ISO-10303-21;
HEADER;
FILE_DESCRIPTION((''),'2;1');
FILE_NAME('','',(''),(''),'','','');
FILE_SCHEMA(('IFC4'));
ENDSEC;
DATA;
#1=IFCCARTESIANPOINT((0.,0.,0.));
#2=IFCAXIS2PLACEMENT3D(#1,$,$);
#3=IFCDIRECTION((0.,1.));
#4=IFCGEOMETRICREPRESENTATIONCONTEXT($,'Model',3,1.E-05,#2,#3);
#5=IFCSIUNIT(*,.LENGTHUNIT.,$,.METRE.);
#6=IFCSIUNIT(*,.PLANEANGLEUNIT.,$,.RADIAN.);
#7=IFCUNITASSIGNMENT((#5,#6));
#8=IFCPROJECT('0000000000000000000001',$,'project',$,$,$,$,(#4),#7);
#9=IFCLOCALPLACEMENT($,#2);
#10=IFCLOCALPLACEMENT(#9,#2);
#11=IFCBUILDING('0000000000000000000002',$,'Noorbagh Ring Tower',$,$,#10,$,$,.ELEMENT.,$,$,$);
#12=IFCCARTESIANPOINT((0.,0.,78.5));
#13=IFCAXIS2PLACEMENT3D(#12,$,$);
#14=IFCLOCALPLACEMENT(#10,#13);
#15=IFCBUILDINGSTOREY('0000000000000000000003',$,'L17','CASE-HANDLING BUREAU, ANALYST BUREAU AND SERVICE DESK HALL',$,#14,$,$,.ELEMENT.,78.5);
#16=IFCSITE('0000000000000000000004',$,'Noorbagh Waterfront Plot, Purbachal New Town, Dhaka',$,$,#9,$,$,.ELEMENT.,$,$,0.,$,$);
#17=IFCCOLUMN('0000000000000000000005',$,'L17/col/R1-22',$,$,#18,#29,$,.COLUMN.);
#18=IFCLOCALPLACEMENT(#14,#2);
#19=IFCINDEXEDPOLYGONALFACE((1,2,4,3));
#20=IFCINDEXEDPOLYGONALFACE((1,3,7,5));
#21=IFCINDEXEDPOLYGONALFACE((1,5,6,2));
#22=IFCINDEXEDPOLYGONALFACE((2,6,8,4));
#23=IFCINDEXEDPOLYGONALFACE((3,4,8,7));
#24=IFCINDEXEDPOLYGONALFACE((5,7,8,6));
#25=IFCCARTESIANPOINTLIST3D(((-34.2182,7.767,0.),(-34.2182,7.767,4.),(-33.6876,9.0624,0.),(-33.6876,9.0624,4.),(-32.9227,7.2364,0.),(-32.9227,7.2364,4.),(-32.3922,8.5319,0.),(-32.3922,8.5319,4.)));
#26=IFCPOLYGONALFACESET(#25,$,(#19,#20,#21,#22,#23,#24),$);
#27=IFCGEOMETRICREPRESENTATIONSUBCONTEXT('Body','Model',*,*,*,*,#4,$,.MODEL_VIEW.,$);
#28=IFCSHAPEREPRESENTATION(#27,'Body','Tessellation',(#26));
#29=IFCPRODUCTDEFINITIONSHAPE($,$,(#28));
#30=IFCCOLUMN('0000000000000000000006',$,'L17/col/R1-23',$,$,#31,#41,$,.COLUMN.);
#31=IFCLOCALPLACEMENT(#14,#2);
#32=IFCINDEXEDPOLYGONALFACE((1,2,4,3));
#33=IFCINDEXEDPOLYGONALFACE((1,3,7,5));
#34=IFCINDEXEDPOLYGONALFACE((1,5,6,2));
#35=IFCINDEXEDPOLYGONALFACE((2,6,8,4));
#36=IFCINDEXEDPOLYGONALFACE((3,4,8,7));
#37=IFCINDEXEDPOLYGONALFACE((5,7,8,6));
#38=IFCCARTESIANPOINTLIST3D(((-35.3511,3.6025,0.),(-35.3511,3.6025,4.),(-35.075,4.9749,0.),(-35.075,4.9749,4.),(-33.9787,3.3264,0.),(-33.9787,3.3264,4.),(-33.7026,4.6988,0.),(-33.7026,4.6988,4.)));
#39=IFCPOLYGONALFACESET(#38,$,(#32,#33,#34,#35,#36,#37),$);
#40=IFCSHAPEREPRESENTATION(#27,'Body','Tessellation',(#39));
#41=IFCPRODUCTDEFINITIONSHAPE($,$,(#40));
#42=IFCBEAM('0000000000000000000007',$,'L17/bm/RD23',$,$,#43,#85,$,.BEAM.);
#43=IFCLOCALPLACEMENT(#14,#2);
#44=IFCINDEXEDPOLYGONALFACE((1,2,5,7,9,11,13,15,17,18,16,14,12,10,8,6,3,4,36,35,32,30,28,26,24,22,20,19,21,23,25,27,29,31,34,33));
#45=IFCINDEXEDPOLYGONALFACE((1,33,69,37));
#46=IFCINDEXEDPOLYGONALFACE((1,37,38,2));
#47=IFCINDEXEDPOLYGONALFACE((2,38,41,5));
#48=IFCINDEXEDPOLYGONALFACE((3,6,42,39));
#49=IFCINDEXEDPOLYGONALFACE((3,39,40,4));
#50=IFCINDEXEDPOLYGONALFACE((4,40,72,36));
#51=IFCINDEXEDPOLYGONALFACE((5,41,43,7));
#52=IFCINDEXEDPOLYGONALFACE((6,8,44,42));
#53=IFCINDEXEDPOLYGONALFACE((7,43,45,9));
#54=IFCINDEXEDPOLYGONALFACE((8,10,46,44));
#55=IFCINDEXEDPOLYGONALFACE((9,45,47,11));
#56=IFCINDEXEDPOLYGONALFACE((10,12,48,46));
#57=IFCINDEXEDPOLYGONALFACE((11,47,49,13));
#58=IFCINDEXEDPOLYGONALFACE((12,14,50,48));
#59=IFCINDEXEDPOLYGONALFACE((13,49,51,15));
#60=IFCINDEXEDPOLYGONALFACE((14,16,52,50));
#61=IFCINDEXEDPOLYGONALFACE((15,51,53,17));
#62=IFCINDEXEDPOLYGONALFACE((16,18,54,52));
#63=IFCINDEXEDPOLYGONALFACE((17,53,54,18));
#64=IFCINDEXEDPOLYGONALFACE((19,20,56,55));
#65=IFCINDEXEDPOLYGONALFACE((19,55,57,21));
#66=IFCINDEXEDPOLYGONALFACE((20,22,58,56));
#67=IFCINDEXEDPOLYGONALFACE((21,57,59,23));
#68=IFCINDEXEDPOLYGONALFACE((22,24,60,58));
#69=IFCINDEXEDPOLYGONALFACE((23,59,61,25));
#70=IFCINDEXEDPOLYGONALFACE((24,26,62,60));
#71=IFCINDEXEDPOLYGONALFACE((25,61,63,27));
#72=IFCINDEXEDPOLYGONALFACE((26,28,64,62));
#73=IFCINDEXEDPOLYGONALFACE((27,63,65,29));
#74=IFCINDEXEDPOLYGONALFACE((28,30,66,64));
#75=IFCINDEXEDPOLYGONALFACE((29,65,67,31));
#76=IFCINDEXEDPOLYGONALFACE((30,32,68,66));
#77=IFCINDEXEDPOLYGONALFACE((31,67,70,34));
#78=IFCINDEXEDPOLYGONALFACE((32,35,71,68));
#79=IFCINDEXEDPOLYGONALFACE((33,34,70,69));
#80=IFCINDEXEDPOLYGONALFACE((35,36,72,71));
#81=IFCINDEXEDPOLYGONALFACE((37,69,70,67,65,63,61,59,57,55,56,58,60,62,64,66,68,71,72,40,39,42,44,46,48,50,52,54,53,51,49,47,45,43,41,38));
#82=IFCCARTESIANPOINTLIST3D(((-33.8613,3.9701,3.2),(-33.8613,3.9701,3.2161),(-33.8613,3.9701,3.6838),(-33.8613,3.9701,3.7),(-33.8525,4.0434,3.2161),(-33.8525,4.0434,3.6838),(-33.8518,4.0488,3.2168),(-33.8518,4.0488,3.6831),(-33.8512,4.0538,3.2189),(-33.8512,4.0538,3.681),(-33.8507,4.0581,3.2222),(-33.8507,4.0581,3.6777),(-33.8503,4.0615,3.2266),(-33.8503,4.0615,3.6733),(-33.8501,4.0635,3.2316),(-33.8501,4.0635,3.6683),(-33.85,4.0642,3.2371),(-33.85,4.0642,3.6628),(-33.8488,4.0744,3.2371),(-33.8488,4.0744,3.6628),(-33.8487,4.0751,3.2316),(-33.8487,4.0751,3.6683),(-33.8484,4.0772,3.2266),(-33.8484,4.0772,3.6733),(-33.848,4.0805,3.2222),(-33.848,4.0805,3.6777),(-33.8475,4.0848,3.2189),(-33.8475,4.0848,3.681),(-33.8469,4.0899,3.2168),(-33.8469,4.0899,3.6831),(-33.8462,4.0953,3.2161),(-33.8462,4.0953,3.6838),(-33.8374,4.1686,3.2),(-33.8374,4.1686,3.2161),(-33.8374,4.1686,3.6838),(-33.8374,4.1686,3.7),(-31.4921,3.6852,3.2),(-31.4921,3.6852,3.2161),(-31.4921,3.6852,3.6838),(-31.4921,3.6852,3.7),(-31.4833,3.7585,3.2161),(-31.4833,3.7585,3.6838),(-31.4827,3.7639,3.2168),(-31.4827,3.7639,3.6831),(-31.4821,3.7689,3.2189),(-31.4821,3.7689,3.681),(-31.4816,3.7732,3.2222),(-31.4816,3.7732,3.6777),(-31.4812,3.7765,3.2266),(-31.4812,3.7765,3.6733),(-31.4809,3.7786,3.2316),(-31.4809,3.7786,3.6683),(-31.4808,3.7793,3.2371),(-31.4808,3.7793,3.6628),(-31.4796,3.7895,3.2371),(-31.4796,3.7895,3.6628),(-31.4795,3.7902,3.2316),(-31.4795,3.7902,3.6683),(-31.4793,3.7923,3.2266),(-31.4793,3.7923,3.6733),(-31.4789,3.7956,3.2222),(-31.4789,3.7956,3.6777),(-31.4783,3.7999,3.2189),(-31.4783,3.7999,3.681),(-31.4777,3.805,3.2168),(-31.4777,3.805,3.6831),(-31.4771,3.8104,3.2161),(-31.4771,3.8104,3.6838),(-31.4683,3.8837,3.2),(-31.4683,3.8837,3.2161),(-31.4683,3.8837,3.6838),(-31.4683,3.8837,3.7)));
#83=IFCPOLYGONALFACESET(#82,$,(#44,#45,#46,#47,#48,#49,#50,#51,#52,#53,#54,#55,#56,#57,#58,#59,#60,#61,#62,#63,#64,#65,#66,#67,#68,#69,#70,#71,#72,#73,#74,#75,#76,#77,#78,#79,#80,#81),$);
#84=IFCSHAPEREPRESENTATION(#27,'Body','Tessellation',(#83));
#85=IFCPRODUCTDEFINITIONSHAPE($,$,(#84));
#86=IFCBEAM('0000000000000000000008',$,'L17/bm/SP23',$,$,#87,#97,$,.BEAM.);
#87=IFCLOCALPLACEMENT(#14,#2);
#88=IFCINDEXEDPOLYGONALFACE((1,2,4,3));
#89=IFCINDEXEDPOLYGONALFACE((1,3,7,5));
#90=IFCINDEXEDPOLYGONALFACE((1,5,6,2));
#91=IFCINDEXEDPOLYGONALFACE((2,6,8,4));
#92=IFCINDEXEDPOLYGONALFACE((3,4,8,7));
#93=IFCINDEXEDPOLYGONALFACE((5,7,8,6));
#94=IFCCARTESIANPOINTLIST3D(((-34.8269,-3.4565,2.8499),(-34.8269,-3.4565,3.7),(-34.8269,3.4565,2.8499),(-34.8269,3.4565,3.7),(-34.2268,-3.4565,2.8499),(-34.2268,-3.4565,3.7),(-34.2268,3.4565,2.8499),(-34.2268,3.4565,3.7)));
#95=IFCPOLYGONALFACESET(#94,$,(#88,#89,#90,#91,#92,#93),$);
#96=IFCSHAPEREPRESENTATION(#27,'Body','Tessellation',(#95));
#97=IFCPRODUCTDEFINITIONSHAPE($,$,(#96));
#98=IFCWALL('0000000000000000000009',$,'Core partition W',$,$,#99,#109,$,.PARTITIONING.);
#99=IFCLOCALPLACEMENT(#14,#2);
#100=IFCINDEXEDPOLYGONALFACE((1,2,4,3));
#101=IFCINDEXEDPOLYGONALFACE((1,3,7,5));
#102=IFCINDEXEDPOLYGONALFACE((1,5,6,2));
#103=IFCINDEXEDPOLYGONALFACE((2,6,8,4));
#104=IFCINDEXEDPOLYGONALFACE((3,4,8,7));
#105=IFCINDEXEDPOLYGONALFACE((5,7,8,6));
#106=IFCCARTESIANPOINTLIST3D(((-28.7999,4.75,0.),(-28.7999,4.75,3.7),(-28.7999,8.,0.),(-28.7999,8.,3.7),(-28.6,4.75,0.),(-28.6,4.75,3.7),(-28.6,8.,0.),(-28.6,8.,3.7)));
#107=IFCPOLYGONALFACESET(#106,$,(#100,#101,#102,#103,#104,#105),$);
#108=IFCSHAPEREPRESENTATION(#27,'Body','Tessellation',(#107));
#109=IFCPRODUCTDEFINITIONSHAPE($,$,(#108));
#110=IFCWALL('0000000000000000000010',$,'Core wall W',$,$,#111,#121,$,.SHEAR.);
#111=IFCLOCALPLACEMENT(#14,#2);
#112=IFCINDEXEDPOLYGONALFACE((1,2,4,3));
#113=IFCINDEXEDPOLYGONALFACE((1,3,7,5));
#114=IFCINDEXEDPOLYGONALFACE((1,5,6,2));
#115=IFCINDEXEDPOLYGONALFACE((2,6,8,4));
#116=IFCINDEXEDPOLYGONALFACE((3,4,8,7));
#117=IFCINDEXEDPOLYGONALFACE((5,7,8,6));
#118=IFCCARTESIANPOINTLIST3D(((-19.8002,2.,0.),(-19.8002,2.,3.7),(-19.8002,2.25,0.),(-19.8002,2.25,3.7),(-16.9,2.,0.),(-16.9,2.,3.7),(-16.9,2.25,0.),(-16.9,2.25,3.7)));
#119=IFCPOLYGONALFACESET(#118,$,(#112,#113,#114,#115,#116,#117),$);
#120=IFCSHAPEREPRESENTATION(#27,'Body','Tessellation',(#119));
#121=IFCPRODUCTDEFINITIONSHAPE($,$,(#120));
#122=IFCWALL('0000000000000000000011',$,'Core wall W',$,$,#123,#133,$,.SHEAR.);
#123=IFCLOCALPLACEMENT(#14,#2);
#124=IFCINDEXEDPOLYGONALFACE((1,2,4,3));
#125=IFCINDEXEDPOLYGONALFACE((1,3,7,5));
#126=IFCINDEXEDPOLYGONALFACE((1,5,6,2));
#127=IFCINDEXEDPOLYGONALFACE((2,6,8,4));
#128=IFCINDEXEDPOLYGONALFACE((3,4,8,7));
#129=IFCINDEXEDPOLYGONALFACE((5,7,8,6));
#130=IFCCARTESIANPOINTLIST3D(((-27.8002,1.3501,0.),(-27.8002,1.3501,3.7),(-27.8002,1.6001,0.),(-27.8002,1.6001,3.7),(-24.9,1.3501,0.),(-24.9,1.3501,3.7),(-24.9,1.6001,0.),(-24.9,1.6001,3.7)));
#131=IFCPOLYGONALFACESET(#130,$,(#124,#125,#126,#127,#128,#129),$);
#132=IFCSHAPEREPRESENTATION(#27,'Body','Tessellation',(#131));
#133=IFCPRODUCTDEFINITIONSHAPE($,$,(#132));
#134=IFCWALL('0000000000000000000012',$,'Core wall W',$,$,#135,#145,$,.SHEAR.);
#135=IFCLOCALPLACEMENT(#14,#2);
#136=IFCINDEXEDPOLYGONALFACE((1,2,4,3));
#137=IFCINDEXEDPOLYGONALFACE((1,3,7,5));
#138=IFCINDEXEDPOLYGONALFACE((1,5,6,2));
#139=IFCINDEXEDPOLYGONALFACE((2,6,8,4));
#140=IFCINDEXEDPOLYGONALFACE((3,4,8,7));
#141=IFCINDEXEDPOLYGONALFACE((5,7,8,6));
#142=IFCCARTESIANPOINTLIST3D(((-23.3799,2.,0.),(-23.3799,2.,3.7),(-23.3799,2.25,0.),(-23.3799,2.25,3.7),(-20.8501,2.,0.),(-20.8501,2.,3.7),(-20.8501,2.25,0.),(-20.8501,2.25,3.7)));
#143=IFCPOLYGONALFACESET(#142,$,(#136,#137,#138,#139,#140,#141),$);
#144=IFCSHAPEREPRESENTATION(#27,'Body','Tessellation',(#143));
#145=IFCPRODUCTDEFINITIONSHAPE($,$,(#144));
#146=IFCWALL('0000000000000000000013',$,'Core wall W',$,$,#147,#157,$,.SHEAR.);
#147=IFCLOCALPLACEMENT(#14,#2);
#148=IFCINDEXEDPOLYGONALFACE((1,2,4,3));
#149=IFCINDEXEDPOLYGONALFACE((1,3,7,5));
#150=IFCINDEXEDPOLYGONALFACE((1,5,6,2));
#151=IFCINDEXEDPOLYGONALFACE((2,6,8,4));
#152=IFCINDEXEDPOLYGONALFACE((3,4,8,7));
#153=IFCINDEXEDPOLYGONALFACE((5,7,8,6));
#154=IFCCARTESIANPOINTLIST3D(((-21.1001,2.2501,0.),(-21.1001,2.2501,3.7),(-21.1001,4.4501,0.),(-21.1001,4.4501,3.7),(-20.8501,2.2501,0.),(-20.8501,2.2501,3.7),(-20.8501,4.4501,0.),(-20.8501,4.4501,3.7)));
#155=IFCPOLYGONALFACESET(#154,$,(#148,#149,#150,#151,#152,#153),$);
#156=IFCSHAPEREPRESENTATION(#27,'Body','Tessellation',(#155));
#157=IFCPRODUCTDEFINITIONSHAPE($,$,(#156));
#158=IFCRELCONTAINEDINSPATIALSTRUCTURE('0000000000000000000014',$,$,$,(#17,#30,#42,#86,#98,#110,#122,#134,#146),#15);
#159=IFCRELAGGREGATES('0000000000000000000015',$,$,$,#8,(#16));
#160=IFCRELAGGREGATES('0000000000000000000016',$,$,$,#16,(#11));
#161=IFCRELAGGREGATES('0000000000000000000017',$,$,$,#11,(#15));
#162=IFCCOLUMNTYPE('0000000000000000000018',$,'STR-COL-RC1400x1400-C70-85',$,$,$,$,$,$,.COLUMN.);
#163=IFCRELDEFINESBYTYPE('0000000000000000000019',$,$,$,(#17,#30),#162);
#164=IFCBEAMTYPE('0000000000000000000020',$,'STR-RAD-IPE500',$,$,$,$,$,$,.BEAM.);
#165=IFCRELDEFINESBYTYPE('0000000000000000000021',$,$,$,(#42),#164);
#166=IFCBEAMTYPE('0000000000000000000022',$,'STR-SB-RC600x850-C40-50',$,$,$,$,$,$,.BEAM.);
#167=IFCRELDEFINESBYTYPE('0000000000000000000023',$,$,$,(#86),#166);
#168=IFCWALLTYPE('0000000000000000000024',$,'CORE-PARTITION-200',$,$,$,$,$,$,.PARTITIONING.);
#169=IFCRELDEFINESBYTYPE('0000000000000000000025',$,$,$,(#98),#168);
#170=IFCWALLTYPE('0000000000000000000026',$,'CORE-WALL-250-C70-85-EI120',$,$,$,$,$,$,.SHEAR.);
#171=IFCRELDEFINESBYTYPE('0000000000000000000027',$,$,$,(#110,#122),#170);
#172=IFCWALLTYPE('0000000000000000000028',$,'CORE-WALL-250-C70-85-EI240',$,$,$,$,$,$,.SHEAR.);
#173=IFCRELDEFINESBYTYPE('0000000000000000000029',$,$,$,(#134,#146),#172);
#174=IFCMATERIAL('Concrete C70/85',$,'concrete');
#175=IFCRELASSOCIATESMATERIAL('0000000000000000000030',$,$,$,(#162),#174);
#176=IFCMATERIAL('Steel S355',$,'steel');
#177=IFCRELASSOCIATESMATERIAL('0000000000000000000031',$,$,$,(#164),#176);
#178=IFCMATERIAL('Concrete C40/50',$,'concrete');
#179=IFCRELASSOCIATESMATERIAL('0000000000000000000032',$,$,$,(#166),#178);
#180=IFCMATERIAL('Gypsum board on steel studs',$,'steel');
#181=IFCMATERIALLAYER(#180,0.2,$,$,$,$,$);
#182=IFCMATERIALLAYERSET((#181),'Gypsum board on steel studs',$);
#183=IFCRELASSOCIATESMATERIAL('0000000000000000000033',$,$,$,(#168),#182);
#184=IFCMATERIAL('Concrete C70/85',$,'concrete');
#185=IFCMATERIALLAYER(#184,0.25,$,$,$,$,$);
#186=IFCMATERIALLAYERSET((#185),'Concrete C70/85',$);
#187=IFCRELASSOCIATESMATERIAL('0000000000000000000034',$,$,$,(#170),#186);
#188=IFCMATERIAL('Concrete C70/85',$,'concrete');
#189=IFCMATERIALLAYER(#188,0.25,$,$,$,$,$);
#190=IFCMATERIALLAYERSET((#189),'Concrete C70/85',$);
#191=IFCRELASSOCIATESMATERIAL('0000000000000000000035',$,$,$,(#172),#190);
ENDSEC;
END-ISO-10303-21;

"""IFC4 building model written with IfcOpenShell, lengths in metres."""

from ifc_helpers import new_model, si_unit, direction, frame, frame_2d, origin, origin_2d, place, context, subcontext, project, spatial, rectangle, i_section, extrude, material, layer, layer_set, material_profile, profile_set, type_object, element, save


model = new_model("IFC4")

# Units and contexts
model_context = context("Model", 3, precision=1e-05, world=origin(), true_north=direction((0.0, 1.0)))
body_context = subcontext(model_context, "Body", "Model", "MODEL_VIEW")
ifc_project = project(units=[si_unit("LENGTHUNIT", "METRE"), si_unit("PLANEANGLEUNIT", "RADIAN")], contexts=[model_context])

# Site, building, storey
site_placement = place(None, origin())
site = spatial("IfcSite", under=ifc_project, at=site_placement, Name="Noorbagh Waterfront Plot, Purbachal New Town, Dhaka", CompositionType="ELEMENT", RefElevation=0.0)
building_placement = place(site_placement, origin())
building = spatial("IfcBuilding", under=site, at=building_placement, Name="Noorbagh Ring Tower", CompositionType="ELEMENT")
storey_placement = place(building_placement, frame((0.0, 0.0, 78.5)))
storey = spatial("IfcBuildingStorey", under=building, at=storey_placement, Name="L17", Description="CASE-HANDLING BUREAU, ANALYST BUREAU AND SERVICE DESK HALL", CompositionType="ELEMENT", Elevation=78.5)

# Columns
ifc_material_1 = material(Name="Concrete C70/85", Category="concrete")
ifc_material_profile_1 = material_profile(ifc_material_1, rectangle(XDim=1.3999, YDim=1.3999, at=origin_2d()), Name="RC1400x1400")
ifc_profile_set_1 = profile_set([ifc_material_profile_1], Name="Concrete C70/85")
column_type = type_object("IfcColumnType", Name="STR-COL-RC1400x1400-C70-85", PredefinedType="COLUMN", material=ifc_profile_set_1)
for number, where, z_axis, x_axis, name in (
    (1, (-33.3052, 8.1494, 0.0), (0.0, 0.0, 1.0), (-0.378989, -0.925401, 0.0), "L17/col/R1-22"),
    (2, (-34.5269, 4.1506, 0.0), (0.0, 0.0, 1.0), (-0.19723, -0.980357, 0.0), "L17/col/R1-23"),
):
    element("IfcColumn", number, at=place(storey_placement, frame(where, z_axis=z_axis, x_axis=x_axis)), inside=storey, type_object=column_type, Name=name, PredefinedType="COLUMN", context=body_context, shape_type="SweptSolid", body=[
        extrude(rectangle(XDim=1.3999, YDim=1.3999, at=origin_2d()), origin(), (0.0, 0.0, 1.0), 4.0),
    ])

# Beams
ifc_material_2 = material(Name="Steel S355", Category="steel")
ifc_material_profile_2 = material_profile(ifc_material_2, i_section(OverallWidth=0.2, OverallDepth=0.5, WebThickness=0.0103, FlangeThickness=0.0161, FilletRadius=0.021, at=origin_2d()), Name="IPE500")
ifc_profile_set_2 = profile_set([ifc_material_profile_2], Name="Steel S355")
beam_type_1 = type_object("IfcBeamType", Name="STR-RAD-IPE500", PredefinedType="BEAM", material=ifc_profile_set_2)
beam_1_placement = place(storey_placement, frame((-33.8494, 4.0693, 3.45), z_axis=(0.992846, -0.119399, 0.0), x_axis=(0.119399, 0.992846, 0.0)))
element("IfcBeam", 3, at=beam_1_placement, inside=storey, type_object=beam_type_1, Name="L17/bm/RD23", PredefinedType="BEAM", context=body_context, shape_type="SweptSolid", body=[
    extrude(i_section(OverallWidth=0.2, OverallDepth=0.5, WebThickness=0.0103, FlangeThickness=0.0161, FilletRadius=0.021, at=origin_2d()), origin(), (0.0, 0.0, 1.0), 2.3862),
])
ifc_material_3 = material(Name="Concrete C40/50", Category="concrete")
ifc_material_profile_3 = material_profile(ifc_material_3, rectangle(XDim=0.6001, YDim=0.8501, at=origin_2d()), Name="RC600x850")
ifc_profile_set_3 = profile_set([ifc_material_profile_3], Name="Concrete C40/50")
beam_type_2 = type_object("IfcBeamType", Name="STR-SB-RC600x850-C40-50", PredefinedType="BEAM", material=ifc_profile_set_3)
beam_2_placement = place(storey_placement, frame((-34.5269, 3.4565, 3.2749), z_axis=(0.0, -1.0, 0.0), x_axis=(1.0, 0.0, 0.0)))
element("IfcBeam", 4, at=beam_2_placement, inside=storey, type_object=beam_type_2, Name="L17/bm/SP23", PredefinedType="BEAM", context=body_context, shape_type="SweptSolid", body=[
    extrude(rectangle(XDim=0.6001, YDim=0.8501, at=origin_2d()), origin(), (0.0, 0.0, 1.0), 6.9131),
])

# Walls
ifc_material_4 = material(Name="Gypsum board on steel studs", Category="steel")
ifc_layer_1 = layer(ifc_material_4, 0.2)
ifc_layer_set_1 = layer_set([ifc_layer_1], Name="Gypsum board on steel studs")
wall_type_1 = type_object("IfcWallType", Name="CORE-PARTITION-200", PredefinedType="PARTITIONING", material=ifc_layer_set_1)
wall_1_placement = place(storey_placement, frame((-28.7, 4.75, 0.0), z_axis=(0.0, 0.0, 1.0), x_axis=(0.0, 1.0, 0.0)))
element("IfcWall", 5, at=wall_1_placement, inside=storey, type_object=wall_type_1, Name="Core partition W", PredefinedType="PARTITIONING", context=body_context, shape_type="SweptSolid", body=[
    extrude(rectangle(XDim=3.25, YDim=0.2, at=frame_2d((1.625, 0.0))), origin(), (0.0, 0.0, 1.0), 3.7),
])
ifc_material_5 = material(Name="Concrete C70/85", Category="concrete")
ifc_layer_2 = layer(ifc_material_5, 0.25)
ifc_layer_set_2 = layer_set([ifc_layer_2], Name="Concrete C70/85")
wall_type_2 = type_object("IfcWallType", Name="CORE-WALL-250-C70-85-EI120", PredefinedType="SHEAR", material=ifc_layer_set_2)
for number, where, z_axis, x_axis, name in (
    (6, (-16.8999, 2.125, 0.0), (0.0, 0.0, 1.0), (-1.0, 0.0, 0.0), "Core wall W"),
    (7, (-24.8999, 1.4751, 0.0), (0.0, 0.0, 1.0), (-1.0, 0.0, 0.0), "Core wall W"),
):
    element("IfcWall", number, at=place(storey_placement, frame(where, z_axis=z_axis, x_axis=x_axis)), inside=storey, type_object=wall_type_2, Name=name, PredefinedType="SHEAR", context=body_context, shape_type="SweptSolid", body=[
        extrude(rectangle(XDim=2.9001, YDim=0.25, at=frame_2d((1.4502, 0.0))), origin(), (0.0, 0.0, 1.0), 3.7),
    ])
ifc_material_6 = material(Name="Concrete C70/85", Category="concrete")
ifc_layer_3 = layer(ifc_material_6, 0.25)
ifc_layer_set_3 = layer_set([ifc_layer_3], Name="Concrete C70/85")
wall_type_3 = type_object("IfcWallType", Name="CORE-WALL-250-C70-85-EI240", PredefinedType="SHEAR", material=ifc_layer_set_3)
wall_2_placement = place(storey_placement, frame((-20.8501, 2.125, 0.0), z_axis=(0.0, 0.0, 1.0), x_axis=(-1.0, 0.0, 0.0)))
element("IfcWall", 8, at=wall_2_placement, inside=storey, type_object=wall_type_3, Name="Core wall W", PredefinedType="SHEAR", context=body_context, shape_type="SweptSolid", body=[
    extrude(rectangle(XDim=2.5298, YDim=0.25, at=frame_2d((1.2649, 0.0))), origin(), (0.0, 0.0, 1.0), 3.7),
])
wall_3_placement = place(storey_placement, frame((-20.9751, 2.25, 0.0), z_axis=(0.0, 0.0, 1.0), x_axis=(0.0, 1.0, 0.0)))
element("IfcWall", 9, at=wall_3_placement, inside=storey, type_object=wall_type_3, Name="Core wall W", PredefinedType="SHEAR", context=body_context, shape_type="SweptSolid", body=[
    extrude(rectangle(XDim=2.2, YDim=0.25, at=frame_2d((1.1001, 0.0))), origin(), (0.0, 0.0, 1.0), 3.7),
])

save(model, "model.ifc")
